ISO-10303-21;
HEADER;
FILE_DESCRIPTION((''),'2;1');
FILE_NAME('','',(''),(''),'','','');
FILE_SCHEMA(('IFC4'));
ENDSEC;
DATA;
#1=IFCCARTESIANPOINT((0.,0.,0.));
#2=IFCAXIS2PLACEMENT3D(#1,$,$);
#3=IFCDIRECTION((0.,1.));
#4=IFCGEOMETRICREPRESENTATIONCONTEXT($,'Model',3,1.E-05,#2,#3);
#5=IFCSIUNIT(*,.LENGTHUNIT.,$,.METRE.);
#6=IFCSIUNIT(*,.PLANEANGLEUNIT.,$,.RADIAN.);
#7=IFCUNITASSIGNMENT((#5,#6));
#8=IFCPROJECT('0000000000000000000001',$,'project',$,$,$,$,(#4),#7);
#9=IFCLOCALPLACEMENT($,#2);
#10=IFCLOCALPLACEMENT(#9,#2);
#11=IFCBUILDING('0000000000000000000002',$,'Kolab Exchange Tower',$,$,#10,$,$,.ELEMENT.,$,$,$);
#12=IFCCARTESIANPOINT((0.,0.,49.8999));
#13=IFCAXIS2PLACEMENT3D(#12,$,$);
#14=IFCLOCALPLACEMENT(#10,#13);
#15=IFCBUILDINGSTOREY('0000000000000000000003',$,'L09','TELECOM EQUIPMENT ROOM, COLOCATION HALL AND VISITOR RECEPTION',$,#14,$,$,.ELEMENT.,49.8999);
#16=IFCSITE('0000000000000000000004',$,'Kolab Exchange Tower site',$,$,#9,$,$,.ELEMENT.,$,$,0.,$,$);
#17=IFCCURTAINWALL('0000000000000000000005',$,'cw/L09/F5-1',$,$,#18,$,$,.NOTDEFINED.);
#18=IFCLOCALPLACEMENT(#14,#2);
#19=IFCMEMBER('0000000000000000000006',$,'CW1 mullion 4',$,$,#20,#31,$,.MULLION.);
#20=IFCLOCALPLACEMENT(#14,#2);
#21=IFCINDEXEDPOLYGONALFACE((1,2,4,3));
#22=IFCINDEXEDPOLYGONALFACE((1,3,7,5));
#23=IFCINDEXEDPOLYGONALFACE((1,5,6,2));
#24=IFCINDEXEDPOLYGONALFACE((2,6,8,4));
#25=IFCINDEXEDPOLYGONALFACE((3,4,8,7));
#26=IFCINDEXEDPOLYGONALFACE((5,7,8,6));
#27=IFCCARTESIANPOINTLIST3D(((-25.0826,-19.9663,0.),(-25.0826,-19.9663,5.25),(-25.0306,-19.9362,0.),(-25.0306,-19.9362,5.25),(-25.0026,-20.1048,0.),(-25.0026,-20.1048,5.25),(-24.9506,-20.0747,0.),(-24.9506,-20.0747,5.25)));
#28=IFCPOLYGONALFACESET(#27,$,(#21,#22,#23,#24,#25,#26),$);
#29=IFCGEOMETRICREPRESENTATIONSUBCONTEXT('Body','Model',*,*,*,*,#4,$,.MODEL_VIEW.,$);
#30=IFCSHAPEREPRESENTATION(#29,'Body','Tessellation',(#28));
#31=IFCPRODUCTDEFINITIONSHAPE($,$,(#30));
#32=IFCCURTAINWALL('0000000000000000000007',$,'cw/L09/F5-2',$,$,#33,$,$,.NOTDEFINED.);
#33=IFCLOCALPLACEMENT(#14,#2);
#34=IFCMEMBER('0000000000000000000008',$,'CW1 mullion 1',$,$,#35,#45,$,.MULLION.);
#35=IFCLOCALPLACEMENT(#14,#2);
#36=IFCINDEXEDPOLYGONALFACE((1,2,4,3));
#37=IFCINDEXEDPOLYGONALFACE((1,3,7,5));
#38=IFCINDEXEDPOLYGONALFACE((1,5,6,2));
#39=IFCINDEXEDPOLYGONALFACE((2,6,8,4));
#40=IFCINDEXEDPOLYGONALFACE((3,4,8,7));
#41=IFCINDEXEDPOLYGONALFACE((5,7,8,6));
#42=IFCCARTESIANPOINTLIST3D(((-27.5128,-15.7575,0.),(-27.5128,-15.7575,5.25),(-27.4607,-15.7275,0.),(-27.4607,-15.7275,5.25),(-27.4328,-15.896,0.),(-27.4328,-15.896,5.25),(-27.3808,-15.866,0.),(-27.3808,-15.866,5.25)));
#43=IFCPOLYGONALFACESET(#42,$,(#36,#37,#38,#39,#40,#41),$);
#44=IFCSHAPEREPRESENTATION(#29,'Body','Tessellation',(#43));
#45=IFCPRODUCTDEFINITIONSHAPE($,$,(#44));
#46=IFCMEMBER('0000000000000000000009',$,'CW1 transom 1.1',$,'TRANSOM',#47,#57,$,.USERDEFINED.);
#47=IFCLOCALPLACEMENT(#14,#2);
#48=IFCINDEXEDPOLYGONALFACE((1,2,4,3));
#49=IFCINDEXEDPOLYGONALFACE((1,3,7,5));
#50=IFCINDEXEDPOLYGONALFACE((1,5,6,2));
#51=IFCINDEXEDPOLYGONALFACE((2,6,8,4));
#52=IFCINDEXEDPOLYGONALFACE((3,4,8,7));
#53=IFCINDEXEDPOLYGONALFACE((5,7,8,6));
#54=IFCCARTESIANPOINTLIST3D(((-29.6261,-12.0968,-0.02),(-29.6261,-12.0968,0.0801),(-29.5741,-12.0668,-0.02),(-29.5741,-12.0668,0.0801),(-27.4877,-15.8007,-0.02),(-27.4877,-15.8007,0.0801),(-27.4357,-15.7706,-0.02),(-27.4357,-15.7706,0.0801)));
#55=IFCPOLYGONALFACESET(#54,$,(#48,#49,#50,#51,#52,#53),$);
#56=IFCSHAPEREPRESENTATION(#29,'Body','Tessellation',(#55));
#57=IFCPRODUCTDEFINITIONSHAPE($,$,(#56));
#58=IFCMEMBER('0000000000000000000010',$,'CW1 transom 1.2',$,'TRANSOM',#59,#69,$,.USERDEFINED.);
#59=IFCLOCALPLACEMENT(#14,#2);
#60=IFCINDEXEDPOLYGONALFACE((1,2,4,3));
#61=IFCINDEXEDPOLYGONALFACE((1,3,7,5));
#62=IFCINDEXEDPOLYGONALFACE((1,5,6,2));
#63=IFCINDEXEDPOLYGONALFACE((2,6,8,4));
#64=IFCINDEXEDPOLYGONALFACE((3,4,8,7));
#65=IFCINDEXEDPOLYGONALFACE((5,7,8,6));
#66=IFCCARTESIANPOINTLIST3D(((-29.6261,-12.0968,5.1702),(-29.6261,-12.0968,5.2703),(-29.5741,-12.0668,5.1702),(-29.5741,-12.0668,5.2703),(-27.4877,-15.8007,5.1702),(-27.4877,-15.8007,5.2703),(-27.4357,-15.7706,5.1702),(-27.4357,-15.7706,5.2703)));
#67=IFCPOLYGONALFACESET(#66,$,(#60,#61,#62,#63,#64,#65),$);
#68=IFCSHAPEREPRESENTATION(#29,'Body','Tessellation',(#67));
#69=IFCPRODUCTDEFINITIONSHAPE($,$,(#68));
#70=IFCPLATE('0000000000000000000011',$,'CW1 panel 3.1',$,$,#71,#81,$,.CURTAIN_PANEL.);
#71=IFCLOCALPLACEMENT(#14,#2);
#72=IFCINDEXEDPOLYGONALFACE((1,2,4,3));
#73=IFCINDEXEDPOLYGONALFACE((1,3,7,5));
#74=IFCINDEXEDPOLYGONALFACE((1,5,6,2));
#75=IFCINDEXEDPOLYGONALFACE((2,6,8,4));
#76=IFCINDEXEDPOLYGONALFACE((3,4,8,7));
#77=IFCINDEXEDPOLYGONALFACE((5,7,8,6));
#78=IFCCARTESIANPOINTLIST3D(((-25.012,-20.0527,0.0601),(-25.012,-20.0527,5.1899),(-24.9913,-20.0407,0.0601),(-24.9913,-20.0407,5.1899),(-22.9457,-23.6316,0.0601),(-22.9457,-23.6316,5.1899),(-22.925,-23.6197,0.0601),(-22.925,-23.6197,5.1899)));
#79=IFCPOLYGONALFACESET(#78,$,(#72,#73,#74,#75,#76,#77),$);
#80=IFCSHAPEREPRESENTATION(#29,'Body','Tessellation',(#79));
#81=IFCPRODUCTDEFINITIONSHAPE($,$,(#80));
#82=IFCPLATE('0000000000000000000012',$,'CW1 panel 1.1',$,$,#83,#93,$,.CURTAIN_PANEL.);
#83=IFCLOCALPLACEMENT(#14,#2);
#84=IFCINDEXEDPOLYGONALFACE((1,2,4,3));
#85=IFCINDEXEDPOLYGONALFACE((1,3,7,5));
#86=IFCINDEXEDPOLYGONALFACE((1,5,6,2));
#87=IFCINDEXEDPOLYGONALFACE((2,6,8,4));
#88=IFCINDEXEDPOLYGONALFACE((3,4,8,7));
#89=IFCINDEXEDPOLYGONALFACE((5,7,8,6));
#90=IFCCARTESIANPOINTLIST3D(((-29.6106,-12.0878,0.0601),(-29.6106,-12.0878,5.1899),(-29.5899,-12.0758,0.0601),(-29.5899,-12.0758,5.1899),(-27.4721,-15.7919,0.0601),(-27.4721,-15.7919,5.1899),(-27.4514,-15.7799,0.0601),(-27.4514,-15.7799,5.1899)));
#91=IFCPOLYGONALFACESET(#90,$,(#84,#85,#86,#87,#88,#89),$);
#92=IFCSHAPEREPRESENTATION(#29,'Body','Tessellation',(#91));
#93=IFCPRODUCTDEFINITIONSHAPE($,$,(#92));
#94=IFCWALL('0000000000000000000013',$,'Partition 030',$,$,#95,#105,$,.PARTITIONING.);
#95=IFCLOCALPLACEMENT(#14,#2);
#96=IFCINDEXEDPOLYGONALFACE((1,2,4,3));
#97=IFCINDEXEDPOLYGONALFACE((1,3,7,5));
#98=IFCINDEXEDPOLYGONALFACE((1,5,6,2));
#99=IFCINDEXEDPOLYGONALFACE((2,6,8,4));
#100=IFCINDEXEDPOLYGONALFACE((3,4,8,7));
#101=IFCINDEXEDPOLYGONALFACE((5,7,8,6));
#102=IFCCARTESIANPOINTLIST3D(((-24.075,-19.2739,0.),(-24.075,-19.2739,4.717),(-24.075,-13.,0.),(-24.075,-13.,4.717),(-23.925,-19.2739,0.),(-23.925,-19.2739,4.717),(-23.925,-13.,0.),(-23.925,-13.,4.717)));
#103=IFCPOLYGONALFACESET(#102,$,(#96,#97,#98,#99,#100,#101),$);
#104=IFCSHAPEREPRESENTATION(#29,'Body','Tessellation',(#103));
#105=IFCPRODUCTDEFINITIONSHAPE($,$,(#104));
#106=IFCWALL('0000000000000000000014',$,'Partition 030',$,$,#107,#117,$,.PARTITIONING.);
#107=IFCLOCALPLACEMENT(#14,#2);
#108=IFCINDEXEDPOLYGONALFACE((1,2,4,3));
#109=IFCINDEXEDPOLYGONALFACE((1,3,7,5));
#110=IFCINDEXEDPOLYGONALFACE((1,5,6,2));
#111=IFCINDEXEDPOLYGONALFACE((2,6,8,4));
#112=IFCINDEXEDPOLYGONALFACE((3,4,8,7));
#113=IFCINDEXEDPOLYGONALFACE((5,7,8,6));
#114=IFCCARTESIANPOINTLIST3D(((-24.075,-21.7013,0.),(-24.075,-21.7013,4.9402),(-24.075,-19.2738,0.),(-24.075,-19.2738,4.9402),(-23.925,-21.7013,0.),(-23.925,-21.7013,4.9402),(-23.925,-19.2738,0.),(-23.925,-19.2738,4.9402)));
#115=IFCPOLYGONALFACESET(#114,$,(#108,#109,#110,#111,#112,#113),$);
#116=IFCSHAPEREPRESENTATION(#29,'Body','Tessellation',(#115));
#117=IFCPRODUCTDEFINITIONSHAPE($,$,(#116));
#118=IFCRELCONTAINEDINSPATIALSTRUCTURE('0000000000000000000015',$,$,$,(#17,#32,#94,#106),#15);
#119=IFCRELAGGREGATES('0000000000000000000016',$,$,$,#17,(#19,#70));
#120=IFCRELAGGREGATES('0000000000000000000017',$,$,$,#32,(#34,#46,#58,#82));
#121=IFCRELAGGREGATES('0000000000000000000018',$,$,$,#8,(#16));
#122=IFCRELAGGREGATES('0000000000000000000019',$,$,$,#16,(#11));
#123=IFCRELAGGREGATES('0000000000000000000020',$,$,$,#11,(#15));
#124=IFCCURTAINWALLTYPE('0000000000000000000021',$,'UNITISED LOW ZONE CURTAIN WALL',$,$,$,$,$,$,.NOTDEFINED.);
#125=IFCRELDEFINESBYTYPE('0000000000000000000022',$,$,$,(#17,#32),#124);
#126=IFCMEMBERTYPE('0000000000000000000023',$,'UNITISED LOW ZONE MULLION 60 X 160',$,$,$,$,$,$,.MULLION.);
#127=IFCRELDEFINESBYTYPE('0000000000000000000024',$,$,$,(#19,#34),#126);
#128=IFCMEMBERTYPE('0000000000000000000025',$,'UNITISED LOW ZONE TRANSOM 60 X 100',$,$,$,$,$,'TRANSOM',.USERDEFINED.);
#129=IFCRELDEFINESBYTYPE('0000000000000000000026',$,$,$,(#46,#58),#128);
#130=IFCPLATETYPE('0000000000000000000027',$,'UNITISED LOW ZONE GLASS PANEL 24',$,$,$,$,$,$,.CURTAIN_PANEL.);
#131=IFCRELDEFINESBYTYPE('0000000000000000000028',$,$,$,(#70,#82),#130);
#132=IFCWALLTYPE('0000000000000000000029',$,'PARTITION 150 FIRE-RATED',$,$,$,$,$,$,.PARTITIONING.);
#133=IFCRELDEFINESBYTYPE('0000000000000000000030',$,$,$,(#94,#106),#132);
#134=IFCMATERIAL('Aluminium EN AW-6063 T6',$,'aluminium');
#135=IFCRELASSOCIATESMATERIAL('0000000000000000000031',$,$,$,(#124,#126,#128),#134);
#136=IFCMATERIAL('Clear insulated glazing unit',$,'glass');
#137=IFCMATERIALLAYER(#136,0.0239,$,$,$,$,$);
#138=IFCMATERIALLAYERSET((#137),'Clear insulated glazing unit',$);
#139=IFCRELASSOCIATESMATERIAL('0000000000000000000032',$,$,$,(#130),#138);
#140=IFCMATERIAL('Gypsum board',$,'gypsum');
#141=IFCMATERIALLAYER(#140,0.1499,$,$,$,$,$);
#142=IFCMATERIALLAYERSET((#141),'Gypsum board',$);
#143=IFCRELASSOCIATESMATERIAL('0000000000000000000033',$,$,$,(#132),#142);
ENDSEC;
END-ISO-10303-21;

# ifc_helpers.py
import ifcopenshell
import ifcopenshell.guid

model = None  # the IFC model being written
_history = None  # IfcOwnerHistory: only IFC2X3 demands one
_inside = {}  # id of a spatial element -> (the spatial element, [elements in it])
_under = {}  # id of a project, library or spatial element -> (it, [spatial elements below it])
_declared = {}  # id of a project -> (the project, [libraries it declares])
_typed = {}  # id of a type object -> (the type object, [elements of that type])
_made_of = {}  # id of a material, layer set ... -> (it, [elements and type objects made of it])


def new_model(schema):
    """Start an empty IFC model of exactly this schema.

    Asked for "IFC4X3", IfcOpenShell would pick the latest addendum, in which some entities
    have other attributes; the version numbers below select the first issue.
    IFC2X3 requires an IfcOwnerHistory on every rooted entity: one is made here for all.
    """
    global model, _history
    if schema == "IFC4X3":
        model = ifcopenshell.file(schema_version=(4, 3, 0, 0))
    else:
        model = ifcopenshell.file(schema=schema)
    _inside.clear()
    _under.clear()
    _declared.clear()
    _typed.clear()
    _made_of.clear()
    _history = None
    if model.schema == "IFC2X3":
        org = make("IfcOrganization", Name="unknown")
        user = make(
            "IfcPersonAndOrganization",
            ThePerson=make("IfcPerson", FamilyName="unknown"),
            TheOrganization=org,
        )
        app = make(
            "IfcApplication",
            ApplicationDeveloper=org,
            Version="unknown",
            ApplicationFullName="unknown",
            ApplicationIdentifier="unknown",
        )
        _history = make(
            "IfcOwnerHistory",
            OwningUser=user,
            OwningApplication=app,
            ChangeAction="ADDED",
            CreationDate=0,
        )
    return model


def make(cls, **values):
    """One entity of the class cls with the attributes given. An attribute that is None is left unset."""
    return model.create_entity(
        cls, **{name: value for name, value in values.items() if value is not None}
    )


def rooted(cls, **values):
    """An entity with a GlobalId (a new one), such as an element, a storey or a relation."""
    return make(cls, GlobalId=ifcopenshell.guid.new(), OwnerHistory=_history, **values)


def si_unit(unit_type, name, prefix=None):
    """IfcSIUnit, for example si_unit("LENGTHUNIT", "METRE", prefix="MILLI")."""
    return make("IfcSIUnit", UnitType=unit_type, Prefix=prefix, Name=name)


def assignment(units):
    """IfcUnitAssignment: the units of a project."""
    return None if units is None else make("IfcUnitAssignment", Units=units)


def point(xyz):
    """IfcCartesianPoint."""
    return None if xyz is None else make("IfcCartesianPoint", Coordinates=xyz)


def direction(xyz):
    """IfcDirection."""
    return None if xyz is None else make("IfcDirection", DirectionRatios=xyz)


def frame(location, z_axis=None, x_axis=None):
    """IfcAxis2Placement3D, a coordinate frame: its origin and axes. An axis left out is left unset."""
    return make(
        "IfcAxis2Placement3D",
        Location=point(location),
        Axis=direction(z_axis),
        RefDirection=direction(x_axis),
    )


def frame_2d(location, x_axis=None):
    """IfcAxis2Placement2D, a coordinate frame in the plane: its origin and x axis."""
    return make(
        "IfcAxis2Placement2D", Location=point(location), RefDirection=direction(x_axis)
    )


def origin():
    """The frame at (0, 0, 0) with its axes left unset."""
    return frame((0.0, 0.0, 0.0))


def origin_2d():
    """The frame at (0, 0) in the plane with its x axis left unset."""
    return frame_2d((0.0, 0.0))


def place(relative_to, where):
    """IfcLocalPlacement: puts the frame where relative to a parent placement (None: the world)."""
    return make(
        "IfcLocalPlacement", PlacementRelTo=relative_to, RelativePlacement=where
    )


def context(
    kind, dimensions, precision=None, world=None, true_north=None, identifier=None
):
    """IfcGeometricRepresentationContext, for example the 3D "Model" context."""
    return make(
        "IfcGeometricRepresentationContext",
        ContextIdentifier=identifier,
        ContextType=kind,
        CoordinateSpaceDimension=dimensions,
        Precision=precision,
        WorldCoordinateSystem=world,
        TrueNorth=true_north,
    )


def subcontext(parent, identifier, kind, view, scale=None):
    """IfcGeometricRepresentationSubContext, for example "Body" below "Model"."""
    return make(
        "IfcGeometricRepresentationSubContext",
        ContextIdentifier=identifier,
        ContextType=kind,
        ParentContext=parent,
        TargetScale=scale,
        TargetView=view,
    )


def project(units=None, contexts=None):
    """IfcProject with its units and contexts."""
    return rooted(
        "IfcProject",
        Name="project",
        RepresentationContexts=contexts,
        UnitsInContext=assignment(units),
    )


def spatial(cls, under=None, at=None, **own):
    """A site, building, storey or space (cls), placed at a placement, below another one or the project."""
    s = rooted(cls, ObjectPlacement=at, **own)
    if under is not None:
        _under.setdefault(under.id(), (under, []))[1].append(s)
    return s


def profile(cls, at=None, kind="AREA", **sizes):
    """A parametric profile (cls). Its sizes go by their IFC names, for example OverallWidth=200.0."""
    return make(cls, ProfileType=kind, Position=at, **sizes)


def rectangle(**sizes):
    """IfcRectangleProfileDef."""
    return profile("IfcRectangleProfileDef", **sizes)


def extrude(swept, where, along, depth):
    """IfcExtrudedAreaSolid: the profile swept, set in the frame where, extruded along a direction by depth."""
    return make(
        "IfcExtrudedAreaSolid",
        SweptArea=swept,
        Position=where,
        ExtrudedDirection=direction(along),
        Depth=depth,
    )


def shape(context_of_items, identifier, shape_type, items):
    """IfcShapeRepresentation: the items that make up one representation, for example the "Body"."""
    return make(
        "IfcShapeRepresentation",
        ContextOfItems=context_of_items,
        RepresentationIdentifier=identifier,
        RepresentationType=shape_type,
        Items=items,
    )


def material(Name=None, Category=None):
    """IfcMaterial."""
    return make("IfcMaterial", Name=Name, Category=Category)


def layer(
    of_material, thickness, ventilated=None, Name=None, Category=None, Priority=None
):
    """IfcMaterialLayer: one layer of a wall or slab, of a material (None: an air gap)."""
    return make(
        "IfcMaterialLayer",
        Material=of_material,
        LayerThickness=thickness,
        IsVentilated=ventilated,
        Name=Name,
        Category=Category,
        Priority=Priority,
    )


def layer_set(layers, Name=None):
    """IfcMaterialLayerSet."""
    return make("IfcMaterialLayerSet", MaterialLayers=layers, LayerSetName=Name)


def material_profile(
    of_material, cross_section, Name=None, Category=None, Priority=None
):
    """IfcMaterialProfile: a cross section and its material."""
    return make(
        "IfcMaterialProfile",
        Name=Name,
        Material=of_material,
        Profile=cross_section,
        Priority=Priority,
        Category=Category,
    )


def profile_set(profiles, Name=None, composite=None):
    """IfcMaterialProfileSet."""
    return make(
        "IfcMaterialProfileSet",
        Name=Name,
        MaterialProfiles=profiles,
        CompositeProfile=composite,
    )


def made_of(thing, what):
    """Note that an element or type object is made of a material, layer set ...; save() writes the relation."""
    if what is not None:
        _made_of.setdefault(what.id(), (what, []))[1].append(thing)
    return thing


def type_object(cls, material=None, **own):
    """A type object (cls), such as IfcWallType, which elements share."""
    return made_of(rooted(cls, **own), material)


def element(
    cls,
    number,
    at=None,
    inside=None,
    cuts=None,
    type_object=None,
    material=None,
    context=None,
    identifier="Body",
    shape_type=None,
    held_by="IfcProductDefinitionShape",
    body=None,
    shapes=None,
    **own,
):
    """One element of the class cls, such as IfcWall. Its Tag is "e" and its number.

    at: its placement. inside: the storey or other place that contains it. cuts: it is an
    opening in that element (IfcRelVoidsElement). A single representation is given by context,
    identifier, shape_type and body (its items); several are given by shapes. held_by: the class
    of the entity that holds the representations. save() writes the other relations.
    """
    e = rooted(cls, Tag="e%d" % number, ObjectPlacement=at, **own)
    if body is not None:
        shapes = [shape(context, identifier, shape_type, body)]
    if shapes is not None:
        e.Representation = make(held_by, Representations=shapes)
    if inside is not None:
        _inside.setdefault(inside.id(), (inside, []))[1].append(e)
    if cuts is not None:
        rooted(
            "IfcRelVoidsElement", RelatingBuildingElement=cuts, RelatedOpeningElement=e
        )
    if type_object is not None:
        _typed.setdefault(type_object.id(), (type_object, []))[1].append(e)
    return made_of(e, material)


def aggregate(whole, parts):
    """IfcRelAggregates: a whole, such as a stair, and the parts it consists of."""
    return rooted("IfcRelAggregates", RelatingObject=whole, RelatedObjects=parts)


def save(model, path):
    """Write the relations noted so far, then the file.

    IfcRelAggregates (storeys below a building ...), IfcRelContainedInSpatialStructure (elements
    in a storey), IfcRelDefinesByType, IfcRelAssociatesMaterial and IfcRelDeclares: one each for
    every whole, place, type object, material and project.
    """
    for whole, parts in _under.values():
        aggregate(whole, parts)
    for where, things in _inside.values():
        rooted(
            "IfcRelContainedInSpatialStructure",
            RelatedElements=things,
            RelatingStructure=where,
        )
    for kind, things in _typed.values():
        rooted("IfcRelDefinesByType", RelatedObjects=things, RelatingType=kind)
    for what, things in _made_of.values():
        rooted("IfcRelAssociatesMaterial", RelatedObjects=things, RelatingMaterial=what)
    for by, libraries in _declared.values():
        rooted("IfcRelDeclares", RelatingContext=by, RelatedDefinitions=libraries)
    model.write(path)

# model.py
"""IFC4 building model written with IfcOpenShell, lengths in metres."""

from ifc_helpers import new_model, si_unit, direction, frame, frame_2d, origin, origin_2d, place, context, subcontext, project, spatial, rectangle, extrude, material, layer, layer_set, material_profile, profile_set, type_object, element, aggregate, save


model = new_model("IFC4")

# Units and contexts
model_context = context("Model", 3, precision=1e-05, world=origin(), true_north=direction((0.0, 1.0)))
body_context = subcontext(model_context, "Body", "Model", "MODEL_VIEW")
ifc_project = project(units=[si_unit("LENGTHUNIT", "METRE"), si_unit("PLANEANGLEUNIT", "RADIAN")], contexts=[model_context])

# Site, building, storey
site_placement = place(None, origin())
site = spatial("IfcSite", under=ifc_project, at=site_placement, Name="Kolab Exchange Tower site", CompositionType="ELEMENT", RefElevation=0.0)
building_placement = place(site_placement, origin())
building = spatial("IfcBuilding", under=site, at=building_placement, Name="Kolab Exchange Tower", CompositionType="ELEMENT")
storey_placement = place(building_placement, frame((0.0, 0.0, 49.8999)))
storey = spatial("IfcBuildingStorey", under=building, at=storey_placement, Name="L09", Description="TELECOM EQUIPMENT ROOM, COLOCATION HALL AND VISITOR RECEPTION", CompositionType="ELEMENT", Elevation=49.8999)

# Curtain wall, member
ifc_material_1 = material(Name="Aluminium EN AW-6063 T6", Category="aluminium")
curtain_wall_type = type_object("IfcCurtainWallType", Name="UNITISED LOW ZONE CURTAIN WALL", PredefinedType="NOTDEFINED", material=ifc_material_1)
curtain_wall_1_placement = place(storey_placement, origin())
curtain_wall_1 = element("IfcCurtainWall", 1, at=curtain_wall_1_placement, inside=storey, type_object=curtain_wall_type, Name="cw/L09/F5-1", PredefinedType="NOTDEFINED")
ifc_material_profile_1 = material_profile(ifc_material_1, rectangle(XDim=0.0601, YDim=0.1599, at=origin_2d()), Name="RECT 60X160")
ifc_profile_set_1 = profile_set([ifc_material_profile_1], Name="Aluminium EN AW-6063 T6")
member_type_1 = type_object("IfcMemberType", Name="UNITISED LOW ZONE MULLION 60 X 160", PredefinedType="MULLION", material=ifc_profile_set_1)
member_1_placement = place(storey_placement, frame((-25.0166, -20.0205, 0.0), z_axis=(0.0, 0.0, 1.0), x_axis=(-0.866025, -0.5, 0.0)))
member_1 = element("IfcMember", 2, at=member_1_placement, type_object=member_type_1, Name="CW1 mullion 4", PredefinedType="MULLION", context=body_context, shape_type="SweptSolid", body=[
    extrude(rectangle(XDim=0.0601, YDim=0.1599, at=origin_2d()), origin(), (0.0, 0.0, 1.0), 5.25),
])

# Curtain wall, members
curtain_wall_2_placement = place(storey_placement, origin())
curtain_wall_2 = element("IfcCurtainWall", 3, at=curtain_wall_2_placement, inside=storey, type_object=curtain_wall_type, Name="cw/L09/F5-2", PredefinedType="NOTDEFINED")
member_2_placement = place(storey_placement, frame((-27.4468, -15.8118, 0.0), z_axis=(0.0, 0.0, 1.0), x_axis=(-0.866025, -0.5, 0.0)))
member_2 = element("IfcMember", 4, at=member_2_placement, type_object=member_type_1, Name="CW1 mullion 1", PredefinedType="MULLION", context=body_context, shape_type="SweptSolid", body=[
    extrude(rectangle(XDim=0.0601, YDim=0.1599, at=origin_2d()), origin(), (0.0, 0.0, 1.0), 5.25),
])
ifc_material_profile_2 = material_profile(ifc_material_1, rectangle(XDim=0.0601, YDim=0.1001, at=origin_2d()), Name="RECT 60X100")
ifc_profile_set_2 = profile_set([ifc_material_profile_2], Name="Aluminium EN AW-6063 T6")
member_type_2 = type_object("IfcMemberType", Name="UNITISED LOW ZONE TRANSOM 60 X 100", ElementType="TRANSOM", PredefinedType="USERDEFINED", material=ifc_profile_set_2)
member_3_placement = place(storey_placement, frame((-27.4617, -15.7856, 0.03), z_axis=(-0.500001, 0.866025, 0.0), x_axis=(-0.866025, -0.500001, 0.0)))
member_3 = element("IfcMember", 5, at=member_3_placement, type_object=member_type_2, Name="CW1 transom 1.1", ObjectType="TRANSOM", PredefinedType="USERDEFINED", context=body_context, shape_type="SweptSolid", body=[
    extrude(rectangle(XDim=0.0601, YDim=0.1001, at=origin_2d()), origin(), (0.0, 0.0, 1.0), 4.2769),
])
member_4_placement = place(storey_placement, frame((-27.4617, -15.7856, 5.2202), z_axis=(-0.500001, 0.866025, 0.0), x_axis=(-0.866025, -0.500001, 0.0)))
member_4 = element("IfcMember", 6, at=member_4_placement, type_object=member_type_2, Name="CW1 transom 1.2", ObjectType="TRANSOM", PredefinedType="USERDEFINED", context=body_context, shape_type="SweptSolid", body=[
    extrude(rectangle(XDim=0.0601, YDim=0.1001, at=origin_2d()), origin(), (0.0, 0.0, 1.0), 4.2769),
])

# Plates
ifc_material_2 = material(Name="Clear insulated glazing unit", Category="glass")
ifc_layer_1 = layer(ifc_material_2, 0.0239)
ifc_layer_set_1 = layer_set([ifc_layer_1], Name="Clear insulated glazing unit")
plate_type = type_object("IfcPlateType", Name="UNITISED LOW ZONE GLASS PANEL 24", PredefinedType="CURTAIN_PANEL", material=ifc_layer_set_1)
plate_1_placement = place(storey_placement, frame((-23.9685, -21.8362, 0.0601), z_axis=(0.0, 0.0, 1.0), x_axis=(-0.5, 0.866025, 0.0)))
plate_1 = element("IfcPlate", 7, at=plate_1_placement, type_object=plate_type, Name="CW1 panel 3.1", PredefinedType="CURTAIN_PANEL", context=body_context, shape_type="SweptSolid", body=[
    extrude(rectangle(XDim=4.1326, YDim=0.0239, at=origin_2d()), origin(), (0.0, 0.0, 1.0), 5.1299),
])
aggregate(curtain_wall_1, [member_1, plate_1])
plate_2_placement = place(storey_placement, frame((-28.531, -13.9338, 0.0601), z_axis=(0.0, 0.0, 1.0), x_axis=(-0.5, 0.866025, 0.0)))
plate_2 = element("IfcPlate", 8, at=plate_2_placement, type_object=plate_type, Name="CW1 panel 1.1", PredefinedType="CURTAIN_PANEL", context=body_context, shape_type="SweptSolid", body=[
    extrude(rectangle(XDim=4.2771, YDim=0.0239, at=origin_2d()), origin(), (0.0, 0.0, 1.0), 5.1299),
])
aggregate(curtain_wall_2, [member_2, member_3, member_4, plate_2])

# Walls
ifc_material_3 = material(Name="Gypsum board", Category="gypsum")
ifc_layer_2 = layer(ifc_material_3, 0.1499)
ifc_layer_set_2 = layer_set([ifc_layer_2], Name="Gypsum board")
wall_type_1 = type_object("IfcWallType", Name="PARTITION 150 FIRE-RATED", PredefinedType="PARTITIONING", material=ifc_layer_set_2)
wall_1_placement = place(storey_placement, frame((-24.0, -19.2739, 0.0), z_axis=(0.0, 0.0, 1.0), x_axis=(0.0, 1.0, 0.0)))
element("IfcWall", 9, at=wall_1_placement, inside=storey, type_object=wall_type_1, Name="Partition 030", PredefinedType="PARTITIONING", context=body_context, shape_type="SweptSolid", body=[
    extrude(rectangle(XDim=6.2739, YDim=0.1499, at=frame_2d((3.137, 0.0))), origin(), (0.0, 0.0, 1.0), 4.717),
])
wall_2_placement = place(storey_placement, frame((-24.0, -21.7014, 0.0), z_axis=(0.0, 0.0, 1.0), x_axis=(0.0, 1.0, 0.0)))
element("IfcWall", 10, at=wall_2_placement, inside=storey, type_object=wall_type_1, Name="Partition 030", PredefinedType="PARTITIONING", context=body_context, shape_type="SweptSolid", body=[
    extrude(rectangle(XDim=2.4275, YDim=0.1499, at=frame_2d((1.2139, 0.0))), origin(), (0.0, 0.0, 1.0), 4.9402),
])

save(model, "model.ifc")
